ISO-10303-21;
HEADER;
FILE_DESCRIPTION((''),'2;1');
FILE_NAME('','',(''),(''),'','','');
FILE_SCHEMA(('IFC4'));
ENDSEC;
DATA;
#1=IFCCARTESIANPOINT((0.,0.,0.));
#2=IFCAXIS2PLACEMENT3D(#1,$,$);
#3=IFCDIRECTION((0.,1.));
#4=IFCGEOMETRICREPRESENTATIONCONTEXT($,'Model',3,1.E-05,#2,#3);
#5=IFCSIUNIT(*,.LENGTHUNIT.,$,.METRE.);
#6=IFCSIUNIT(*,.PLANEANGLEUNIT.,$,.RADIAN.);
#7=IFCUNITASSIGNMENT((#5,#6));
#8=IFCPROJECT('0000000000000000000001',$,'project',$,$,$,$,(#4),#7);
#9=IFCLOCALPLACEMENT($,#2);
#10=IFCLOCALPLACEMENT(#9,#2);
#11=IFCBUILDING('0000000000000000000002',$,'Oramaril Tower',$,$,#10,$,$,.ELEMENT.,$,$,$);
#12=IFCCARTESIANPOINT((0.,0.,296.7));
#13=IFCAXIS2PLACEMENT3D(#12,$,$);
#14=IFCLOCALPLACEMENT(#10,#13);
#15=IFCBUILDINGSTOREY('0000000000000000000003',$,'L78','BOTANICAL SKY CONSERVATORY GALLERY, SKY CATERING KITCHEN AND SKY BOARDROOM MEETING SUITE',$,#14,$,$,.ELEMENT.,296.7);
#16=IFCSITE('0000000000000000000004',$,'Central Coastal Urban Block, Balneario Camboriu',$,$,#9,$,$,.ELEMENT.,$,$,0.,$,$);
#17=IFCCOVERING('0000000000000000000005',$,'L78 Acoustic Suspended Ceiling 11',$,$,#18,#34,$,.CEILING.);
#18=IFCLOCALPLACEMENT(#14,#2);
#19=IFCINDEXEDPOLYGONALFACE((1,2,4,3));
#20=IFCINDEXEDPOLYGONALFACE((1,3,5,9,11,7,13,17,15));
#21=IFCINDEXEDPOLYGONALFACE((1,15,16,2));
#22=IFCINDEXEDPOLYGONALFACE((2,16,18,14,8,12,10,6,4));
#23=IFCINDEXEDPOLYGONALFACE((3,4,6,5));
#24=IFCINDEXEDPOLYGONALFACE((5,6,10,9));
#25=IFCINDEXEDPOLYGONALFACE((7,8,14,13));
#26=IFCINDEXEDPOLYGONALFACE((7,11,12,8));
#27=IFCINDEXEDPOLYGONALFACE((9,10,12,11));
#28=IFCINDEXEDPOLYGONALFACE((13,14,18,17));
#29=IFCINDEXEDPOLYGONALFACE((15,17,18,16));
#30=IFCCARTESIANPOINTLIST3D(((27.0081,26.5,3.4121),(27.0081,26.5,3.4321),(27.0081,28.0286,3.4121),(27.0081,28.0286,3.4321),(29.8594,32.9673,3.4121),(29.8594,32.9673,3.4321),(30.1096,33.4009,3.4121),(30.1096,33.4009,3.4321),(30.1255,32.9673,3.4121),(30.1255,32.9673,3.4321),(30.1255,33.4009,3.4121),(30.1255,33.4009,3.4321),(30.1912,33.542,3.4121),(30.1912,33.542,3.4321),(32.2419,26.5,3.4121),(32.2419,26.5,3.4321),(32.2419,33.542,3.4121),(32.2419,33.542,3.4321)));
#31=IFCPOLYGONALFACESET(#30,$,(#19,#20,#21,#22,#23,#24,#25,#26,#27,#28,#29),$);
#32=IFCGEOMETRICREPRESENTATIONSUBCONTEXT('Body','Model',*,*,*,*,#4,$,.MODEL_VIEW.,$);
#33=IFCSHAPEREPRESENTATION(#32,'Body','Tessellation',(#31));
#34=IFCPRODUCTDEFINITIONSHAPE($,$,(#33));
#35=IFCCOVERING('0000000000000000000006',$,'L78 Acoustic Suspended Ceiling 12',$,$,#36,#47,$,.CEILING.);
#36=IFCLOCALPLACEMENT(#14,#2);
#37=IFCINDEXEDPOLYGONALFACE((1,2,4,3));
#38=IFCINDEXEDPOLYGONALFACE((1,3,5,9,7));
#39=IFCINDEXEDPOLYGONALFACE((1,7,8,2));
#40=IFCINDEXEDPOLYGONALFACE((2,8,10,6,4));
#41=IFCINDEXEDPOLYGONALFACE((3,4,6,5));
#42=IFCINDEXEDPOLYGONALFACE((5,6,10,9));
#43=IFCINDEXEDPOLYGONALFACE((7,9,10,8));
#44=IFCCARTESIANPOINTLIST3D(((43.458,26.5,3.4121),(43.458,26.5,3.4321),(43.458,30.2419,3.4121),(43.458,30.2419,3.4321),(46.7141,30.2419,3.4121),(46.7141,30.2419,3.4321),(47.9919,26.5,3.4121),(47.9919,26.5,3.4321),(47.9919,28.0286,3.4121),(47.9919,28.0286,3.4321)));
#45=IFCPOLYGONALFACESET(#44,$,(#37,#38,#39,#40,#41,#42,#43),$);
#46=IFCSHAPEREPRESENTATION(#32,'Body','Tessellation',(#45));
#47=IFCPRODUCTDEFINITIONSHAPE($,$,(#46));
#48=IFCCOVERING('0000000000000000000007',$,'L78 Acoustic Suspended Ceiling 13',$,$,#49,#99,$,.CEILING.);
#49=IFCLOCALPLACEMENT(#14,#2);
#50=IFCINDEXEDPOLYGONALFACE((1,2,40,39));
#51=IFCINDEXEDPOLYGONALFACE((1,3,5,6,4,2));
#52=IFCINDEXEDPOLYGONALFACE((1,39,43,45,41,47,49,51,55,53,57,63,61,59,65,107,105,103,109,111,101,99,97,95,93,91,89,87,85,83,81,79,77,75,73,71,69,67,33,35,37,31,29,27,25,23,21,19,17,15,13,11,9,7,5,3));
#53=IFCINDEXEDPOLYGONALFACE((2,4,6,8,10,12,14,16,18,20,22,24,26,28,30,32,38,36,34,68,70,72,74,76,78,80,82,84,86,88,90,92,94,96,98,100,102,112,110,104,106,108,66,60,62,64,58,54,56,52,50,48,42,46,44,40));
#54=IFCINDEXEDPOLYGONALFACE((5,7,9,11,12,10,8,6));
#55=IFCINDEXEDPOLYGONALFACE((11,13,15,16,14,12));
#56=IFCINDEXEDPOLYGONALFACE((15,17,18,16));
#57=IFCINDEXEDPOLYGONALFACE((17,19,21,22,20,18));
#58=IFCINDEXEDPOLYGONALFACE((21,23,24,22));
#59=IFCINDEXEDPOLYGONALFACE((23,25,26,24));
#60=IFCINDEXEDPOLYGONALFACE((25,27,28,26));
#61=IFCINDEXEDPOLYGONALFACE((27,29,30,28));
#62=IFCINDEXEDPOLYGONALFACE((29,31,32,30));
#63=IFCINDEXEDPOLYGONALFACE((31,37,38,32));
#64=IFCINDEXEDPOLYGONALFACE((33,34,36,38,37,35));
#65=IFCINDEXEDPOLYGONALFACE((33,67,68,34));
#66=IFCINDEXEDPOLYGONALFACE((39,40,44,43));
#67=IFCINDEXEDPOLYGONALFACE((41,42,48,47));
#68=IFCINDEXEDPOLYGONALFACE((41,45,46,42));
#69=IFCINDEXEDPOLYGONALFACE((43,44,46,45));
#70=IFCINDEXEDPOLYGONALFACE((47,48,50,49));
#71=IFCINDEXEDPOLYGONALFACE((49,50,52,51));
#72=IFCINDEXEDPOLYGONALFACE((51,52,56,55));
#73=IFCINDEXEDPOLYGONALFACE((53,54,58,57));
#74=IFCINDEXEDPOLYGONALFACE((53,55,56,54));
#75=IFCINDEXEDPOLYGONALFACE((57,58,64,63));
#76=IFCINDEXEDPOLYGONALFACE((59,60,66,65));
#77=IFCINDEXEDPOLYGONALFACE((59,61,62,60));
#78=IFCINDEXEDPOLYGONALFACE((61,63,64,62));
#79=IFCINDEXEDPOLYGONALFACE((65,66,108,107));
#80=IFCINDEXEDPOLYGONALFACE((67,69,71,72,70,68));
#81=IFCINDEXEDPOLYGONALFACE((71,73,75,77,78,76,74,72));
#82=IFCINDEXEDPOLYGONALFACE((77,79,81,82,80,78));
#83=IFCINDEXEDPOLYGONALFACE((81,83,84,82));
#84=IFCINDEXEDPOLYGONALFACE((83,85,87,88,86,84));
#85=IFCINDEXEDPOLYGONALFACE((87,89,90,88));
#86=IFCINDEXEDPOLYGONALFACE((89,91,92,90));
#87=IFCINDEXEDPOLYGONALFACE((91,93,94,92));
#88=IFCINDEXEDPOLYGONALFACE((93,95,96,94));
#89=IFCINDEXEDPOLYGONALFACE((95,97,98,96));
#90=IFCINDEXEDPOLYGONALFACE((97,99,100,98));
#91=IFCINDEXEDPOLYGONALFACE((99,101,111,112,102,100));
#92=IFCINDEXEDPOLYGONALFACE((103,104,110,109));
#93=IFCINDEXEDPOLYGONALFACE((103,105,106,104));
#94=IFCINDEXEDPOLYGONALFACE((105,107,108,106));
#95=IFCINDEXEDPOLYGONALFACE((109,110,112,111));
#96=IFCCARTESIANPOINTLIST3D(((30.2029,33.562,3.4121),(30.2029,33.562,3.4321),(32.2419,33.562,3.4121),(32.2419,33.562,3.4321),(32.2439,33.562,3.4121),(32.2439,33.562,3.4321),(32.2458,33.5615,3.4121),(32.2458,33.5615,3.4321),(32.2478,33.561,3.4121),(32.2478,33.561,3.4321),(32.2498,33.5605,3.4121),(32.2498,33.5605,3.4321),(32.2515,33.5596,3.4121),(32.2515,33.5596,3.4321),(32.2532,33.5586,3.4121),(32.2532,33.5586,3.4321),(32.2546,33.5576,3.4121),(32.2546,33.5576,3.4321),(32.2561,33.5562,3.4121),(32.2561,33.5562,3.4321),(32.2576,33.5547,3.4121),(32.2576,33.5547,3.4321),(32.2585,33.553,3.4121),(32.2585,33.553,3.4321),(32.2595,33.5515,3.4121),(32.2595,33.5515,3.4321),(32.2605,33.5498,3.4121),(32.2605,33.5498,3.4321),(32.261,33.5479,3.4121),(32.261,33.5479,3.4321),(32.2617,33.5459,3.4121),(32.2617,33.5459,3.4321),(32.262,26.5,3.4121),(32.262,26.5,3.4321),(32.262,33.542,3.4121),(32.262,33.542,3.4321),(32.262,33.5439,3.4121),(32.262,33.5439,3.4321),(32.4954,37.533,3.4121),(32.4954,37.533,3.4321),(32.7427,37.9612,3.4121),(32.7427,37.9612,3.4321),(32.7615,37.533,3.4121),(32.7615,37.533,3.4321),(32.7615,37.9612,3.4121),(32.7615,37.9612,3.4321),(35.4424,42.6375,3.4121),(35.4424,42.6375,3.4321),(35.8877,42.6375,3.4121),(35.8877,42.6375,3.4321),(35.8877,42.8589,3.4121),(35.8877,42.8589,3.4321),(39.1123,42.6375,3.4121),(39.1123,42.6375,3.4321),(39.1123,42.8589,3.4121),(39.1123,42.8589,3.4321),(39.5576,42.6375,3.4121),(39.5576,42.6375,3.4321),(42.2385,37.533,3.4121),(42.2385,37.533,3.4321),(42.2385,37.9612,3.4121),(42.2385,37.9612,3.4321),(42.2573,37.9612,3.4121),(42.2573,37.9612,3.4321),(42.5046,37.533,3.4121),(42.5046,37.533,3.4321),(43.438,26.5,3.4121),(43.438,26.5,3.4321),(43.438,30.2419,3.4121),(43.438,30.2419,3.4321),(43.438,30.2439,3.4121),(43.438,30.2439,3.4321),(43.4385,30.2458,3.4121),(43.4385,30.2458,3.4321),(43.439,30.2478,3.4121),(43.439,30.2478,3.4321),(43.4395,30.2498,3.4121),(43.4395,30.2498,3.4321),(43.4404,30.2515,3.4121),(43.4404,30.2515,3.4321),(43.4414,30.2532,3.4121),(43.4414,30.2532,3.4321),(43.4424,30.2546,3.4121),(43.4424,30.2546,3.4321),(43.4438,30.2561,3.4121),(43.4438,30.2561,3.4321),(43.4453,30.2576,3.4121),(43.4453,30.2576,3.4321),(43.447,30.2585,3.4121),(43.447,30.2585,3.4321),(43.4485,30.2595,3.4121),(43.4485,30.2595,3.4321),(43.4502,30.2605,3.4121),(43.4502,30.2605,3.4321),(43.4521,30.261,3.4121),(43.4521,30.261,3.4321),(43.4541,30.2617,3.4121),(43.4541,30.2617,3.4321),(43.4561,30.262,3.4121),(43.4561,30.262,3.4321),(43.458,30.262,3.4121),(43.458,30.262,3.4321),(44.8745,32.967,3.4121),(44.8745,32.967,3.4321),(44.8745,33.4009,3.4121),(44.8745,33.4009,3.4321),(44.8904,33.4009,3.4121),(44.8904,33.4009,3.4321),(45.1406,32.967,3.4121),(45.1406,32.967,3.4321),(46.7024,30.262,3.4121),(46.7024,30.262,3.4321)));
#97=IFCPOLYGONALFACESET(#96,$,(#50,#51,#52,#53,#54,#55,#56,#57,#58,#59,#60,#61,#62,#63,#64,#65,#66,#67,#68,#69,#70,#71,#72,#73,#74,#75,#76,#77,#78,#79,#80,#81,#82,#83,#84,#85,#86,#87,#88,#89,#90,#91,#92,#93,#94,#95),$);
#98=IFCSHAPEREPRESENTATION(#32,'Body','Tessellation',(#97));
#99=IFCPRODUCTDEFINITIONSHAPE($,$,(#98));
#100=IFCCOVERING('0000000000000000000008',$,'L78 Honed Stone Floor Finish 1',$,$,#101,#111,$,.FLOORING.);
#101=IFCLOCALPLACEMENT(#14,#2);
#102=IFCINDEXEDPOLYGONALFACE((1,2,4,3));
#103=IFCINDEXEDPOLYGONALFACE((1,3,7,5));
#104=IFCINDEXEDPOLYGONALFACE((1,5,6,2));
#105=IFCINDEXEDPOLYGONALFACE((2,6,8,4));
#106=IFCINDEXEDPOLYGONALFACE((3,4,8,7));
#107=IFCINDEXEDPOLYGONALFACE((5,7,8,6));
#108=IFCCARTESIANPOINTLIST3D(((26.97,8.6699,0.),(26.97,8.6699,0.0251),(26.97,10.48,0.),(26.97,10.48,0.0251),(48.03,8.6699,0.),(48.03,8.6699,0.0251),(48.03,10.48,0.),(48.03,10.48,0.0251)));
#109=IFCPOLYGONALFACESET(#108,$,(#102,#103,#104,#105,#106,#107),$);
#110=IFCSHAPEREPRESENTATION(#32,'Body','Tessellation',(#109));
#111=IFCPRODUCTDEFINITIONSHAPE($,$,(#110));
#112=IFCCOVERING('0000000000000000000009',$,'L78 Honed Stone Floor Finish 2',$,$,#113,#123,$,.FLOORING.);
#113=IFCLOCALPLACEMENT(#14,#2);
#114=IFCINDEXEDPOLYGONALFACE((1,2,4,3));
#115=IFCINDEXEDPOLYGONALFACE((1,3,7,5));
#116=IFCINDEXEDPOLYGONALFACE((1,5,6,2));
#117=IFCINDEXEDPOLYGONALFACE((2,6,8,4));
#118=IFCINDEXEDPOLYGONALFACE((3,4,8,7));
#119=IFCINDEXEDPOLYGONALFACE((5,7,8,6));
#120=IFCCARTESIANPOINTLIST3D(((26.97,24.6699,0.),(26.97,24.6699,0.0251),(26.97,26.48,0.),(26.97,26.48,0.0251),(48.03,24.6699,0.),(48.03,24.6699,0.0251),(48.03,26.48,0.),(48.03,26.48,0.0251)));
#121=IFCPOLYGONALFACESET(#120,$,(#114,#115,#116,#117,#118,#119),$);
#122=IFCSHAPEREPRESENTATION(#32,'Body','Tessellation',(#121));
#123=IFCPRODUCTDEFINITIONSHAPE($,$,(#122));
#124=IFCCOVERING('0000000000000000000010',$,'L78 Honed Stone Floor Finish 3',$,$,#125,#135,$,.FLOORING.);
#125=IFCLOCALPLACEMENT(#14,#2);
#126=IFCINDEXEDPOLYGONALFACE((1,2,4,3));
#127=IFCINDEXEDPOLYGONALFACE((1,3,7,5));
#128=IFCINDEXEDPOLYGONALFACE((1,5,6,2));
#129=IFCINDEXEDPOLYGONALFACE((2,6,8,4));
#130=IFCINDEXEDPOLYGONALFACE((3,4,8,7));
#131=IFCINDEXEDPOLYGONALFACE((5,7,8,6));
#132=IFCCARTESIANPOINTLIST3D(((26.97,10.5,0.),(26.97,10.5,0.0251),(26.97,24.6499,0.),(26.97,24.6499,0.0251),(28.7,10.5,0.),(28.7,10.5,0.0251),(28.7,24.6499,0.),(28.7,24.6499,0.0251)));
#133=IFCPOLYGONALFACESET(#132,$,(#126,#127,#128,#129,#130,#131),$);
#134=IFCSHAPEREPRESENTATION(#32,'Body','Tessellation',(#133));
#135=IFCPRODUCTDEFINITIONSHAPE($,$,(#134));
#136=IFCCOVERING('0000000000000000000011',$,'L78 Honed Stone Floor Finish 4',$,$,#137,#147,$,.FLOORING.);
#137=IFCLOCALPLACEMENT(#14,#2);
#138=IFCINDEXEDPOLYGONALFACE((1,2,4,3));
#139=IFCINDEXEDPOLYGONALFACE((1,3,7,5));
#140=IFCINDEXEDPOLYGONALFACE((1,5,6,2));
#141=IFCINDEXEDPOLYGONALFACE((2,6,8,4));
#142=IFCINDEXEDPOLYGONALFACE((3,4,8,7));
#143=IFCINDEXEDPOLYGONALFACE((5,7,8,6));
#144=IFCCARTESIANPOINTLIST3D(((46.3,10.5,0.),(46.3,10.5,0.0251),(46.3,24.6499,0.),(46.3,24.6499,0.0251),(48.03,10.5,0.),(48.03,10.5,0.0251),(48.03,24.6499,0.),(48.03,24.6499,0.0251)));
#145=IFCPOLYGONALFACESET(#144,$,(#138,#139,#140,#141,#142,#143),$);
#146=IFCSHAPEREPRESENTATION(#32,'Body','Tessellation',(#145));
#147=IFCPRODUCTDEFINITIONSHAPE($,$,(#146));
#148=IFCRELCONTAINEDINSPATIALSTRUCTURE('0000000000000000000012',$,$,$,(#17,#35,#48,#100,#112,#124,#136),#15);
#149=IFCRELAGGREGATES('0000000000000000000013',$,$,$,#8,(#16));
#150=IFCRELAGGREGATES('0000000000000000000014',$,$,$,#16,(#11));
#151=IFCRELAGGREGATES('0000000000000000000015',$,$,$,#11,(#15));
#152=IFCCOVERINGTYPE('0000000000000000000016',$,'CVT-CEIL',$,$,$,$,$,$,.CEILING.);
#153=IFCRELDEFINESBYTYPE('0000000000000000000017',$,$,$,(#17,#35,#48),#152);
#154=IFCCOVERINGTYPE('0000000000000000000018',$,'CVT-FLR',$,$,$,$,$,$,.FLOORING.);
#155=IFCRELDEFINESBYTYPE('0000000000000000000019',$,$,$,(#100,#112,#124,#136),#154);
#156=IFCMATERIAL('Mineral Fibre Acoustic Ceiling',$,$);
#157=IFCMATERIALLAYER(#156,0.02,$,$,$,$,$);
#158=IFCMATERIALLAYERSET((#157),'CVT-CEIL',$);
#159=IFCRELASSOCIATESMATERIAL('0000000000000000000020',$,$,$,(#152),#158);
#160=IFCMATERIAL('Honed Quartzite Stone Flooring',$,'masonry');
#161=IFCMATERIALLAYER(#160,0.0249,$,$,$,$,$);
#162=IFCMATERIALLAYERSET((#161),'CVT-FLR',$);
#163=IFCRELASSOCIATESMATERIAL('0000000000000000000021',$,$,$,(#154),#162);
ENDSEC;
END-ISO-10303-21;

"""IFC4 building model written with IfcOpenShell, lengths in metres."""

from ifc_helpers import new_model, si_unit, direction, frame, origin, place, context, subcontext, project, spatial, polyline, outline, extrude, material, layer, layer_set, type_object, element, save


model = new_model("IFC4")

# Units and contexts
model_context = context("Model", 3, precision=1e-05, world=origin(), true_north=direction((0.0, 1.0)))
body_context = subcontext(model_context, "Body", "Model", "MODEL_VIEW")
ifc_project = project(units=[si_unit("LENGTHUNIT", "METRE"), si_unit("PLANEANGLEUNIT", "RADIAN")], contexts=[model_context])

# Site, building, storey
site_placement = place(None, origin())
site = spatial("IfcSite", under=ifc_project, at=site_placement, Name="Central Coastal Urban Block, Balneario Camboriu", CompositionType="ELEMENT", RefElevation=0.0)
building_placement = place(site_placement, origin())
building = spatial("IfcBuilding", under=site, at=building_placement, Name="Oramaril Tower", CompositionType="ELEMENT")
storey_placement = place(building_placement, frame((0.0, 0.0, 296.7)))
storey = spatial("IfcBuildingStorey", under=building, at=storey_placement, Name="L78", Description="BOTANICAL SKY CONSERVATORY GALLERY, SKY CATERING KITCHEN AND SKY BOARDROOM MEETING SUITE", CompositionType="ELEMENT", Elevation=296.7)

# Coverings
ifc_material_1 = material(Name="Mineral Fibre Acoustic Ceiling")
ifc_layer_1 = layer(ifc_material_1, 0.02)
ifc_layer_set_1 = layer_set([ifc_layer_1], Name="CVT-CEIL")
covering_type_1 = type_object("IfcCoveringType", Name="CVT-CEIL", PredefinedType="CEILING", material=ifc_layer_set_1)
covering_1_placement = place(storey_placement, frame((0.0, 0.0, 3.4121)))
element("IfcCovering", 1, at=covering_1_placement, inside=storey, type_object=covering_type_1, Name="L78 Acoustic Suspended Ceiling 11", PredefinedType="CEILING", context=body_context, shape_type="SweptSolid", body=[
    extrude(outline(polyline([(32.2419, 26.5), (27.0081, 26.5), (27.0081, 28.0286), (29.8594, 32.9673), (30.1255, 32.9673), (30.1255, 33.4009), (30.1096, 33.4009), (30.1912, 33.542), (32.2419, 33.542), (32.2419, 26.5)])), origin(), (0.0, 0.0, 1.0), 0.02),
])
covering_2_placement = place(storey_placement, frame((0.0, 0.0, 3.4121)))
element("IfcCovering", 2, at=covering_2_placement, inside=storey, type_object=covering_type_1, Name="L78 Acoustic Suspended Ceiling 12", PredefinedType="CEILING", context=body_context, shape_type="SweptSolid", body=[
    extrude(outline(polyline([(43.458, 30.2419), (46.7141, 30.2419), (47.9919, 28.0286), (47.9919, 26.5), (43.458, 26.5), (43.458, 30.2419)])), origin(), (0.0, 0.0, 1.0), 0.02),
])
covering_3_placement = place(storey_placement, frame((0.0, 0.0, 3.4121)))
element("IfcCovering", 3, at=covering_3_placement, inside=storey, type_object=covering_type_1, Name="L78 Acoustic Suspended Ceiling 13", PredefinedType="CEILING", context=body_context, shape_type="SweptSolid", body=[
    extrude(outline(polyline([(32.4954, 37.533), (32.7615, 37.533), (32.7615, 37.9612), (32.7427, 37.9612), (35.4424, 42.6375), (35.8877, 42.6375), (35.8877, 42.8589), (39.1123, 42.8589), (39.1123, 42.6375), (39.5576, 42.6375), (42.2573, 37.9612), (42.2385, 37.9612), (42.2385, 37.533), (42.5046, 37.533), (44.8904, 33.4009), (44.8745, 33.4009), (44.8745, 32.967), (45.1406, 32.967), (46.7024, 30.262), (43.458, 30.262), (43.4561, 30.262), (43.4541, 30.2617), (43.4521, 30.261), (43.4502, 30.2605), (43.4485, 30.2595), (43.447, 30.2585), (43.4453, 30.2576), (43.4438, 30.2561), (43.4424, 30.2546), (43.4414, 30.2532), (43.4404, 30.2515), (43.4395, 30.2498), (43.439, 30.2478), (43.4385, 30.2458), (43.438, 30.2439), (43.438, 30.2419), (43.438, 26.5), (32.262, 26.5), (32.262, 33.542), (32.262, 33.5439), (32.2617, 33.5459), (32.261, 33.5479), (32.2605, 33.5498), (32.2595, 33.5515), (32.2585, 33.553), (32.2576, 33.5547), (32.2561, 33.5562), (32.2546, 33.5576), (32.2532, 33.5586), (32.2515, 33.5596), (32.2498, 33.5605), (32.2478, 33.561), (32.2458, 33.5615), (32.2439, 33.562), (32.2419, 33.562), (30.2029, 33.562), (32.4954, 37.533)])), origin(), (0.0, 0.0, 1.0), 0.02),
])
ifc_material_2 = material(Name="Honed Quartzite Stone Flooring", Category="masonry")
ifc_layer_2 = layer(ifc_material_2, 0.0249)
ifc_layer_set_2 = layer_set([ifc_layer_2], Name="CVT-FLR")
covering_type_2 = type_object("IfcCoveringType", Name="CVT-FLR", PredefinedType="FLOORING", material=ifc_layer_set_2)
covering_4_placement = place(storey_placement, origin())
element("IfcCovering", 4, at=covering_4_placement, inside=storey, type_object=covering_type_2, Name="L78 Honed Stone Floor Finish 1", PredefinedType="FLOORING", context=body_context, shape_type="SweptSolid", body=[
    extrude(outline(polyline([(48.03, 10.48), (48.03, 8.6699), (26.97, 8.6699), (26.97, 10.48), (48.03, 10.48)])), origin(), (0.0, 0.0, 1.0), 0.0251),
])
covering_5_placement = place(storey_placement, origin())
element("IfcCovering", 5, at=covering_5_placement, inside=storey, type_object=covering_type_2, Name="L78 Honed Stone Floor Finish 2", PredefinedType="FLOORING", context=body_context, shape_type="SweptSolid", body=[
    extrude(outline(polyline([(48.03, 26.48), (48.03, 24.6699), (26.97, 24.6699), (26.97, 26.48), (48.03, 26.48)])), origin(), (0.0, 0.0, 1.0), 0.0251),
])
covering_6_placement = place(storey_placement, origin())
element("IfcCovering", 6, at=covering_6_placement, inside=storey, type_object=covering_type_2, Name="L78 Honed Stone Floor Finish 3", PredefinedType="FLOORING", context=body_context, shape_type="SweptSolid", body=[
    extrude(outline(polyline([(28.7, 10.5), (26.97, 10.5), (26.97, 24.6499), (28.7, 24.6499), (28.7, 10.5)])), origin(), (0.0, 0.0, 1.0), 0.0251),
])
covering_7_placement = place(storey_placement, origin())
element("IfcCovering", 7, at=covering_7_placement, inside=storey, type_object=covering_type_2, Name="L78 Honed Stone Floor Finish 4", PredefinedType="FLOORING", context=body_context, shape_type="SweptSolid", body=[
    extrude(outline(polyline([(48.03, 10.5), (46.3, 10.5), (46.3, 24.6499), (48.03, 24.6499), (48.03, 10.5)])), origin(), (0.0, 0.0, 1.0), 0.0251),
])

save(model, "model.ifc")
